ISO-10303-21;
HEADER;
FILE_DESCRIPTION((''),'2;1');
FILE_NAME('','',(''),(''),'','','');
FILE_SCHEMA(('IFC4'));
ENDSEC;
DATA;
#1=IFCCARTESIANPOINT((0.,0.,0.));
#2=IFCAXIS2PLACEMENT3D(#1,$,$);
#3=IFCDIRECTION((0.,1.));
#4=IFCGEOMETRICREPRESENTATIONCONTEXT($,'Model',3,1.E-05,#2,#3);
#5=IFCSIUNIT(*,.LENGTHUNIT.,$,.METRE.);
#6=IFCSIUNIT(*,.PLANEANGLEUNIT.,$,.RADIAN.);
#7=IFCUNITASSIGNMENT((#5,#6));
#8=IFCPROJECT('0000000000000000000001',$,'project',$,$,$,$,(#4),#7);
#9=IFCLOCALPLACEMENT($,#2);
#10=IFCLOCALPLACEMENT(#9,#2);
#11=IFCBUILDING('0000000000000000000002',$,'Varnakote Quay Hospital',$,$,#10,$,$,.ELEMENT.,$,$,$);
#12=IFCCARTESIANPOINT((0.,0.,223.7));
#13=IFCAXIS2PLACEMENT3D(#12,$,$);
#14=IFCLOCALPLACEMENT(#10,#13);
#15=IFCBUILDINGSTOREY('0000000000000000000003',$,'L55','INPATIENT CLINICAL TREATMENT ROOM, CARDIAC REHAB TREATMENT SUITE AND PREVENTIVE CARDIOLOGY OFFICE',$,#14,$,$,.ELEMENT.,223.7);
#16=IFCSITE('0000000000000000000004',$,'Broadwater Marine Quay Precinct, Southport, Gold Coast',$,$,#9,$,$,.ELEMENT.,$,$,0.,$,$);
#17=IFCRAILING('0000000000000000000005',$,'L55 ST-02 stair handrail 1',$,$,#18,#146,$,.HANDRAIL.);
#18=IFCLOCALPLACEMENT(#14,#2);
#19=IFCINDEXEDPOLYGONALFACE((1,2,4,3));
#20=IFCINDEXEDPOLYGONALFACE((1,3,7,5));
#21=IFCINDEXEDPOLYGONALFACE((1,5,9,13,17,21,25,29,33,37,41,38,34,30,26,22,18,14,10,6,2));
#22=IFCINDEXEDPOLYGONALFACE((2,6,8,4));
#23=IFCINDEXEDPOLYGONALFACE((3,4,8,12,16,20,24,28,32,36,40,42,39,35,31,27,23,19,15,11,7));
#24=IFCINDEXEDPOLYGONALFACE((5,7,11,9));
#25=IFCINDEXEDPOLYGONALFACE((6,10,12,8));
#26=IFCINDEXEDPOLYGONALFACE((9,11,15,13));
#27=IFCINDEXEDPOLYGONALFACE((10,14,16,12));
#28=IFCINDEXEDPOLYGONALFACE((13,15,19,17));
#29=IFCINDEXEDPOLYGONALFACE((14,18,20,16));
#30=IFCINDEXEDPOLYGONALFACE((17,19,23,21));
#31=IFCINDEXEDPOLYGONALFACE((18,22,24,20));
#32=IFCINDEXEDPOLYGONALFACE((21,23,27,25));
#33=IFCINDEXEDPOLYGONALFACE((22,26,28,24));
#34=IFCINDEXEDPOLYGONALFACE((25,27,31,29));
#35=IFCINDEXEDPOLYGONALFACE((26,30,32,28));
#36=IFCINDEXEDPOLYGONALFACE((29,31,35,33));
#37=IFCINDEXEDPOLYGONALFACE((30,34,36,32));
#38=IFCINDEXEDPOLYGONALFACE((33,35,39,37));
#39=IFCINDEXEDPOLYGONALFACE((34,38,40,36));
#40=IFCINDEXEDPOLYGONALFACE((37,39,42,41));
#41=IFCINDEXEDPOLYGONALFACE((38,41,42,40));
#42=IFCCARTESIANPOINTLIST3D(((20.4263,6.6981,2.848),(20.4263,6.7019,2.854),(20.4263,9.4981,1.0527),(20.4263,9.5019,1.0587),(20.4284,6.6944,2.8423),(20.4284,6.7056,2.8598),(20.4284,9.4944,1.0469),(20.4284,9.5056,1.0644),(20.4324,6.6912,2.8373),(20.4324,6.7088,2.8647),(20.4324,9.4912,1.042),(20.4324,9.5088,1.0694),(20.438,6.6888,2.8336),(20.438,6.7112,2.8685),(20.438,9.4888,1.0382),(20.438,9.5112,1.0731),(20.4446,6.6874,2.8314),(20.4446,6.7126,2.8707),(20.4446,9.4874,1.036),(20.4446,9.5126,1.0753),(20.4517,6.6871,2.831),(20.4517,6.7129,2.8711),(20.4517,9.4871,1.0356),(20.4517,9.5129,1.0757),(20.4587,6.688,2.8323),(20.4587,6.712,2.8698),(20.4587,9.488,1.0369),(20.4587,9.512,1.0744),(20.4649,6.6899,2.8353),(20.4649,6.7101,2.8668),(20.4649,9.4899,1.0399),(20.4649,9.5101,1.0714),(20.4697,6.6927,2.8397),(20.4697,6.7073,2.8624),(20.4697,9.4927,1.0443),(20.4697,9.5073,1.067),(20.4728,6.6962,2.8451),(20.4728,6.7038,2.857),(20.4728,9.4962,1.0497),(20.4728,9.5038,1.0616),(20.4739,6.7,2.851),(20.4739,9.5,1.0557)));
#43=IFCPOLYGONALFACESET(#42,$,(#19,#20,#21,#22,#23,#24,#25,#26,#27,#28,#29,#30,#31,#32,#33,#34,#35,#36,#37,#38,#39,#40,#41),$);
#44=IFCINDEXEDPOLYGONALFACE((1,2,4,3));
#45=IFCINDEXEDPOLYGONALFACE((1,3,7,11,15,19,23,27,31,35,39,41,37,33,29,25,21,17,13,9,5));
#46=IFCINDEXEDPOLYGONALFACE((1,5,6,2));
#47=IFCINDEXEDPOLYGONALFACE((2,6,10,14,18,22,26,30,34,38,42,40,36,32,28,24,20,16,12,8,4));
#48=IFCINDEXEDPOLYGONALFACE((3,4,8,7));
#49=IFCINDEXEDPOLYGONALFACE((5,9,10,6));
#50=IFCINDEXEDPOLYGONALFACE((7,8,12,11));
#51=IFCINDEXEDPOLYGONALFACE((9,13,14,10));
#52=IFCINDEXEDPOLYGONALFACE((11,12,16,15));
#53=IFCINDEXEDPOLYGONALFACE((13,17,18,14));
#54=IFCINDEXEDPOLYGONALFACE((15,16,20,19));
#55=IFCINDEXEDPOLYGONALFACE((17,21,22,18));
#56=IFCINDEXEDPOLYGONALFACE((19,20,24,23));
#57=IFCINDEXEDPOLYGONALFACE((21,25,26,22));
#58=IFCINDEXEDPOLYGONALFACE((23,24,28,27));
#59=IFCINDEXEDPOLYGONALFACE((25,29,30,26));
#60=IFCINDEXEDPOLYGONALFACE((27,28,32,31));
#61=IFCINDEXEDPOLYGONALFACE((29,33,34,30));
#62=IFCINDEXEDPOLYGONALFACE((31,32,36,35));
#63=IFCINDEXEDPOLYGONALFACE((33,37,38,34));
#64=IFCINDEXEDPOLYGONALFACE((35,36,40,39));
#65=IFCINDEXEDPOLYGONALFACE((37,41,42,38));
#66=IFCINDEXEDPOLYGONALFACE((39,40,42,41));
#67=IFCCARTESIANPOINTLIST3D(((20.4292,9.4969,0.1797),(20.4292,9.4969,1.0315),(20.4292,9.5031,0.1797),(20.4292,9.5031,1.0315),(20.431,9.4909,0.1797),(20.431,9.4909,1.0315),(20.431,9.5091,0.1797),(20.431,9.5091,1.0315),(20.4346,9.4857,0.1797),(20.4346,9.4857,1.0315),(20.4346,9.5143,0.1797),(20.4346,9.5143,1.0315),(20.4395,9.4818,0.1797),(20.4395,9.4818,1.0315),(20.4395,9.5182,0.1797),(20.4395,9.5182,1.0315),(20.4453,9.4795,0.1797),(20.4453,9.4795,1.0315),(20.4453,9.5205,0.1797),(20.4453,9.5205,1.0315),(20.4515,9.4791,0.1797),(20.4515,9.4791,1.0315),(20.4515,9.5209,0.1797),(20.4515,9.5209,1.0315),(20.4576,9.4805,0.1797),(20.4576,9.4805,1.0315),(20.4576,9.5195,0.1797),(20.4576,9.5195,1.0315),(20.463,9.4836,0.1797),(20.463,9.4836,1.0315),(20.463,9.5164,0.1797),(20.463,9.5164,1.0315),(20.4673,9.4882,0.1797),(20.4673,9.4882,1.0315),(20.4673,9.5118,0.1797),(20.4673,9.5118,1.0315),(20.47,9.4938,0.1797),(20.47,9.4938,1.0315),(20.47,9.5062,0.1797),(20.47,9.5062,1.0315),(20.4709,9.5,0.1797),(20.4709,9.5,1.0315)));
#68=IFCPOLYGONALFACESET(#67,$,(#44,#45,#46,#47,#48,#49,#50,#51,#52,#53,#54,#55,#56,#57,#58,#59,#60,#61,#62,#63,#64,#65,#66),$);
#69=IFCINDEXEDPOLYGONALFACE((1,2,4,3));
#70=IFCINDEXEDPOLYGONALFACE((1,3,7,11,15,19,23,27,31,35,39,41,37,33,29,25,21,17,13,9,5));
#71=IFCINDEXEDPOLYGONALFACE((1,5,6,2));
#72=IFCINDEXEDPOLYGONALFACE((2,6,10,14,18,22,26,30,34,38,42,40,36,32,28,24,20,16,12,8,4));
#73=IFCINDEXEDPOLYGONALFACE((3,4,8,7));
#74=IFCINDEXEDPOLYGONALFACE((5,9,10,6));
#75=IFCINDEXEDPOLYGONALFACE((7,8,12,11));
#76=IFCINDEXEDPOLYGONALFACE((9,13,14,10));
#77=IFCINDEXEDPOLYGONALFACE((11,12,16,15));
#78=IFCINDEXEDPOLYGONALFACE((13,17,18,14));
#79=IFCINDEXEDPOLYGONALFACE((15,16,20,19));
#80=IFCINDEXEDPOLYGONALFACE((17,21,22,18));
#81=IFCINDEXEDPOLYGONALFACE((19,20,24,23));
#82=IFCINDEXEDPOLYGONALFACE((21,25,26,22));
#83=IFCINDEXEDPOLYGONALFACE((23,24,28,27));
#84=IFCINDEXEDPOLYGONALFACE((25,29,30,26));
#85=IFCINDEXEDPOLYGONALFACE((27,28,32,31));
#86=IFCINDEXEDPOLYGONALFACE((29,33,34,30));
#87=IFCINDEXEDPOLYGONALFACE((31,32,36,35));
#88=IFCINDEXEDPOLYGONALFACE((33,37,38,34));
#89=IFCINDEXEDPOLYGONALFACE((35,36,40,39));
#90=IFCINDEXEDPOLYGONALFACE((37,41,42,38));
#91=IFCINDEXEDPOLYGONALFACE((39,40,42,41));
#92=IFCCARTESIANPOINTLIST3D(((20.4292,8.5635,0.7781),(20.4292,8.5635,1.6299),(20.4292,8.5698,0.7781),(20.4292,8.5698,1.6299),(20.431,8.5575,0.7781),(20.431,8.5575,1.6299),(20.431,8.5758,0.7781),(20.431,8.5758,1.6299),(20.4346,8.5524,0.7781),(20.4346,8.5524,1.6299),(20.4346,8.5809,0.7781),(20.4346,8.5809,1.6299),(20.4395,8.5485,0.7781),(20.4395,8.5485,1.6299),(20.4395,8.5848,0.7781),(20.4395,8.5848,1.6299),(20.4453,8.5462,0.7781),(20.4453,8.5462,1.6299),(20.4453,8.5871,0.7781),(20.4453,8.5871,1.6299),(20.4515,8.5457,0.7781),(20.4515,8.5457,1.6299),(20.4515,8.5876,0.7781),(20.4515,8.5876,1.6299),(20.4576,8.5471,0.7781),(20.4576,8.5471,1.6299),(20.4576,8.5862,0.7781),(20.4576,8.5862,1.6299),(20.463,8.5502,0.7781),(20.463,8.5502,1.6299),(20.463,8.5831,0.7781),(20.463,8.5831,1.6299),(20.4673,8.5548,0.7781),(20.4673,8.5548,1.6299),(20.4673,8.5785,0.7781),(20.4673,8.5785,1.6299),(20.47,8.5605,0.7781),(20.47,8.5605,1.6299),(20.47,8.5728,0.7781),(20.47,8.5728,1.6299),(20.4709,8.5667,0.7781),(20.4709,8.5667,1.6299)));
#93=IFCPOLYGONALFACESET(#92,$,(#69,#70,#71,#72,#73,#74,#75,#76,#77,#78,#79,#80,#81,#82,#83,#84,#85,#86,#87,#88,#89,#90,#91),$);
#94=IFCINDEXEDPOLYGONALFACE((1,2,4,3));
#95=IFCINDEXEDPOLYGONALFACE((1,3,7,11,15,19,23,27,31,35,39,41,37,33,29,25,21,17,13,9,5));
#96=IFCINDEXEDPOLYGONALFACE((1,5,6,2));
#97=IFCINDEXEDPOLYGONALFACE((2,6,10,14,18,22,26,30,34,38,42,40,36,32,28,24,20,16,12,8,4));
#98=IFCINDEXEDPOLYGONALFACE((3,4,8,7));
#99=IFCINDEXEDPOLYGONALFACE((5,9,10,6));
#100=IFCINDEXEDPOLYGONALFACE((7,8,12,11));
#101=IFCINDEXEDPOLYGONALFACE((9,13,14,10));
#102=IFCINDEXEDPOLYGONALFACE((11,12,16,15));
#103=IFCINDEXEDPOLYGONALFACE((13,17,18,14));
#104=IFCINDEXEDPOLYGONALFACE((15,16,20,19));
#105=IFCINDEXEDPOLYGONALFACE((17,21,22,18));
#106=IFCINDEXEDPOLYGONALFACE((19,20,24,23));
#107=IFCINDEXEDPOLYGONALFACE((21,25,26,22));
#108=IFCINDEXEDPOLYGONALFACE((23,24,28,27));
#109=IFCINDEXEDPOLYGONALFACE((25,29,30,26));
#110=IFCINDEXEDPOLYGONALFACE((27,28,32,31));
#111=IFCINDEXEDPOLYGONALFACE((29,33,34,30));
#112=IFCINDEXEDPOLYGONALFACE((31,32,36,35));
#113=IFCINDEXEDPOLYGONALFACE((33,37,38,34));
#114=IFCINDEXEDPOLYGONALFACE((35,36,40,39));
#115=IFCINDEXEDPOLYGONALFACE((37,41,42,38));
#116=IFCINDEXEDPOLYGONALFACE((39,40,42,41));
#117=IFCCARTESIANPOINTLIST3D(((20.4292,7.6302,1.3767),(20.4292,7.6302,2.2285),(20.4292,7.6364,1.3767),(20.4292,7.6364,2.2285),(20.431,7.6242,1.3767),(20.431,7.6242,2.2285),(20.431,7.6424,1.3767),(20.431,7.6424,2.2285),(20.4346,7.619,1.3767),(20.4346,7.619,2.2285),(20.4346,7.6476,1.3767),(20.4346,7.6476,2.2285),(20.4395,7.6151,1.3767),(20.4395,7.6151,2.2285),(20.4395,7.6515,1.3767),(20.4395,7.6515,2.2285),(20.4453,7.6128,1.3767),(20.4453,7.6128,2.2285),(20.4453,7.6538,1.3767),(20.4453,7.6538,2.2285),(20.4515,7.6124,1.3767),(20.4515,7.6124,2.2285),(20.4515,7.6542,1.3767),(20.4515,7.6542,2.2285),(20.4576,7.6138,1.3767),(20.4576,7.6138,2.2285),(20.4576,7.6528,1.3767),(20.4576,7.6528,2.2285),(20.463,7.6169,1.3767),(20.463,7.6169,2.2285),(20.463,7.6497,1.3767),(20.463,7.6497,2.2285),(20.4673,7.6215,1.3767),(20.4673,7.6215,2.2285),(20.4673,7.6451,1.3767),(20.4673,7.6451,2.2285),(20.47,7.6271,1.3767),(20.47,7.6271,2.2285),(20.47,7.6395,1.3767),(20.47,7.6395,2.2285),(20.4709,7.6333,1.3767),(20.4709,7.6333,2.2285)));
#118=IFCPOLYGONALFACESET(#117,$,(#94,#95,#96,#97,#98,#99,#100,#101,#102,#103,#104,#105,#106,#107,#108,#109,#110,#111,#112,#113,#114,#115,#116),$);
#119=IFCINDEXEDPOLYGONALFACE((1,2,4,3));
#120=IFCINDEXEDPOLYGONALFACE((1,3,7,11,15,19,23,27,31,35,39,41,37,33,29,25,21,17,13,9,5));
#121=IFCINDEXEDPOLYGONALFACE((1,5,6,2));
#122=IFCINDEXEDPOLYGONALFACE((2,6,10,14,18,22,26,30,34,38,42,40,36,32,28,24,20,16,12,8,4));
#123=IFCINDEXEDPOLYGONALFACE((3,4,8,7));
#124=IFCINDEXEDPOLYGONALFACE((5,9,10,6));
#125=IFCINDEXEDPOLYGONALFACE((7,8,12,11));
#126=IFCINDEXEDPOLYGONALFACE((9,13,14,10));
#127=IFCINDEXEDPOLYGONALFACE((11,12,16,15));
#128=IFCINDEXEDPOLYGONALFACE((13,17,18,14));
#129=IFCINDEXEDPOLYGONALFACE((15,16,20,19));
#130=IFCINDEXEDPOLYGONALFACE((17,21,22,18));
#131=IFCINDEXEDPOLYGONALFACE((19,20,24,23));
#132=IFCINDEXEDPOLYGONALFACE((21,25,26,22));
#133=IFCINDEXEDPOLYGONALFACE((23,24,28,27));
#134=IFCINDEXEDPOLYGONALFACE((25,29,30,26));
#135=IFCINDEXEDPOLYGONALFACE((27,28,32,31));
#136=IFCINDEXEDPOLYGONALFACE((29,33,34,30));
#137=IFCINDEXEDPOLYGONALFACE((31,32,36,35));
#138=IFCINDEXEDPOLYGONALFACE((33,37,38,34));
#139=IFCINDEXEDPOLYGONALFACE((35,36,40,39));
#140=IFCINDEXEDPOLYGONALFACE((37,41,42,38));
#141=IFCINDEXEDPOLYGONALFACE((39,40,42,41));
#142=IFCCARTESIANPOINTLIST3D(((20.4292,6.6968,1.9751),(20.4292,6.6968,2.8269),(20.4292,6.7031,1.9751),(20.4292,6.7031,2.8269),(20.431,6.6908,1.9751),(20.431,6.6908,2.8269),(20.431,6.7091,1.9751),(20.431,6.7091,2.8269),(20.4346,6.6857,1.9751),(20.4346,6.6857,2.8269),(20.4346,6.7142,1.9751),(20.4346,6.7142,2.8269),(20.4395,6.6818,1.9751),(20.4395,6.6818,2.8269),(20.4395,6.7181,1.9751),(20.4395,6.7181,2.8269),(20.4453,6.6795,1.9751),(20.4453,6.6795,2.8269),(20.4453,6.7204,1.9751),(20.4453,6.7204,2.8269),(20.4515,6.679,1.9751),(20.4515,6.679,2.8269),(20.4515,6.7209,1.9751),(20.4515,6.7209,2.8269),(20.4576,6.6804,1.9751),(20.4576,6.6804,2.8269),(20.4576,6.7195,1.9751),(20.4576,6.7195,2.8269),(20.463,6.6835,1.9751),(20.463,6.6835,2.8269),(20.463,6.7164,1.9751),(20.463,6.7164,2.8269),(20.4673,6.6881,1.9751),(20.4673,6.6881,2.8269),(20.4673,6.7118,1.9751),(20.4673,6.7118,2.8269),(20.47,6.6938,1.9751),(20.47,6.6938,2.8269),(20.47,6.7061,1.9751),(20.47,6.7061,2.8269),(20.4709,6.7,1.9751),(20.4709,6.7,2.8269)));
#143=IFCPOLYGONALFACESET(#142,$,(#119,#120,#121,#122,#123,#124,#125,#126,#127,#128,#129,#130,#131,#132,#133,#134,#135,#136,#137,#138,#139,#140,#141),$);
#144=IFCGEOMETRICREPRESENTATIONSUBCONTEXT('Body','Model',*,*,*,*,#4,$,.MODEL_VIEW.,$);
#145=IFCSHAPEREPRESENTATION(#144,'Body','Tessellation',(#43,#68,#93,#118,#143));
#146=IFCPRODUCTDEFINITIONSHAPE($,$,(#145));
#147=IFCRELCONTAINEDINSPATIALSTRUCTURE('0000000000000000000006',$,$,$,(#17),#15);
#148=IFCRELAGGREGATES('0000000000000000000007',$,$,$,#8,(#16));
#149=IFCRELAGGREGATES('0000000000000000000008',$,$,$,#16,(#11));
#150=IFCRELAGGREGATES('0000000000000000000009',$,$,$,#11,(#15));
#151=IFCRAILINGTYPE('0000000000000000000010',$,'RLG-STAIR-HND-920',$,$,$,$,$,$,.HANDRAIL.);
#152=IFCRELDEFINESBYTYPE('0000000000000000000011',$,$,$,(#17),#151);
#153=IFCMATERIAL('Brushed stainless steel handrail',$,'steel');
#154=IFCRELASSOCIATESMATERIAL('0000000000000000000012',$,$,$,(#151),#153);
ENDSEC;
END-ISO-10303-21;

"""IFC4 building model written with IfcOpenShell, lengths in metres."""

from ifc_helpers import new_model, si_unit, direction, frame, origin, origin_2d, place, context, subcontext, project, spatial, circle, extrude, material, type_object, element, save


model = new_model("IFC4")

# Units and contexts
model_context = context("Model", 3, precision=1e-05, world=origin(), true_north=direction((0.0, 1.0)))
body_context = subcontext(model_context, "Body", "Model", "MODEL_VIEW")
ifc_project = project(units=[si_unit("LENGTHUNIT", "METRE"), si_unit("PLANEANGLEUNIT", "RADIAN")], contexts=[model_context])

# Site, building, storey
site_placement = place(None, origin())
site = spatial("IfcSite", under=ifc_project, at=site_placement, Name="Broadwater Marine Quay Precinct, Southport, Gold Coast", CompositionType="ELEMENT", RefElevation=0.0)
building_placement = place(site_placement, origin())
building = spatial("IfcBuilding", under=site, at=building_placement, Name="Varnakote Quay Hospital", CompositionType="ELEMENT")
storey_placement = place(building_placement, frame((0.0, 0.0, 223.7)))
storey = spatial("IfcBuildingStorey", under=building, at=storey_placement, Name="L55", Description="INPATIENT CLINICAL TREATMENT ROOM, CARDIAC REHAB TREATMENT SUITE AND PREVENTIVE CARDIOLOGY OFFICE", CompositionType="ELEMENT", Elevation=223.7)

# Railing
ifc_material_1 = material(Name="Brushed stainless steel handrail", Category="steel")
railing_type_1 = type_object("IfcRailingType", Name="RLG-STAIR-HND-920", PredefinedType="HANDRAIL", material=ifc_material_1)
railing_1_placement = place(storey_placement, frame((20.45, 9.5, 0.1797)))
element("IfcRailing", 1, at=railing_1_placement, inside=storey, type_object=railing_type_1, Name="L55 ST-02 stair handrail 1", PredefinedType="HANDRAIL", context=body_context, shape_type="SweptSolid", body=[
    extrude(circle(Radius=0.0239, at=origin_2d()), frame((0.0, 0.0, 0.876), z_axis=(0.0, -0.84181, 0.539774), x_axis=(1.0, 0.0, 0.0)), (0.0, 0.0, 1.0), 3.3262),
    extrude(circle(Radius=0.021, at=origin_2d()), origin(), (0.0, 0.0, 1.0), 0.8518),
    extrude(circle(Radius=0.021, at=origin_2d()), frame((0.0, -0.9333, 0.5984)), (0.0, 0.0, 1.0), 0.8518),
    extrude(circle(Radius=0.021, at=origin_2d()), frame((0.0, -1.8667, 1.197)), (0.0, 0.0, 1.0), 0.8518),
    extrude(circle(Radius=0.021, at=origin_2d()), frame((0.0, -2.8, 1.7954)), (0.0, 0.0, 1.0), 0.8518),
])

save(model, "model.ifc")
